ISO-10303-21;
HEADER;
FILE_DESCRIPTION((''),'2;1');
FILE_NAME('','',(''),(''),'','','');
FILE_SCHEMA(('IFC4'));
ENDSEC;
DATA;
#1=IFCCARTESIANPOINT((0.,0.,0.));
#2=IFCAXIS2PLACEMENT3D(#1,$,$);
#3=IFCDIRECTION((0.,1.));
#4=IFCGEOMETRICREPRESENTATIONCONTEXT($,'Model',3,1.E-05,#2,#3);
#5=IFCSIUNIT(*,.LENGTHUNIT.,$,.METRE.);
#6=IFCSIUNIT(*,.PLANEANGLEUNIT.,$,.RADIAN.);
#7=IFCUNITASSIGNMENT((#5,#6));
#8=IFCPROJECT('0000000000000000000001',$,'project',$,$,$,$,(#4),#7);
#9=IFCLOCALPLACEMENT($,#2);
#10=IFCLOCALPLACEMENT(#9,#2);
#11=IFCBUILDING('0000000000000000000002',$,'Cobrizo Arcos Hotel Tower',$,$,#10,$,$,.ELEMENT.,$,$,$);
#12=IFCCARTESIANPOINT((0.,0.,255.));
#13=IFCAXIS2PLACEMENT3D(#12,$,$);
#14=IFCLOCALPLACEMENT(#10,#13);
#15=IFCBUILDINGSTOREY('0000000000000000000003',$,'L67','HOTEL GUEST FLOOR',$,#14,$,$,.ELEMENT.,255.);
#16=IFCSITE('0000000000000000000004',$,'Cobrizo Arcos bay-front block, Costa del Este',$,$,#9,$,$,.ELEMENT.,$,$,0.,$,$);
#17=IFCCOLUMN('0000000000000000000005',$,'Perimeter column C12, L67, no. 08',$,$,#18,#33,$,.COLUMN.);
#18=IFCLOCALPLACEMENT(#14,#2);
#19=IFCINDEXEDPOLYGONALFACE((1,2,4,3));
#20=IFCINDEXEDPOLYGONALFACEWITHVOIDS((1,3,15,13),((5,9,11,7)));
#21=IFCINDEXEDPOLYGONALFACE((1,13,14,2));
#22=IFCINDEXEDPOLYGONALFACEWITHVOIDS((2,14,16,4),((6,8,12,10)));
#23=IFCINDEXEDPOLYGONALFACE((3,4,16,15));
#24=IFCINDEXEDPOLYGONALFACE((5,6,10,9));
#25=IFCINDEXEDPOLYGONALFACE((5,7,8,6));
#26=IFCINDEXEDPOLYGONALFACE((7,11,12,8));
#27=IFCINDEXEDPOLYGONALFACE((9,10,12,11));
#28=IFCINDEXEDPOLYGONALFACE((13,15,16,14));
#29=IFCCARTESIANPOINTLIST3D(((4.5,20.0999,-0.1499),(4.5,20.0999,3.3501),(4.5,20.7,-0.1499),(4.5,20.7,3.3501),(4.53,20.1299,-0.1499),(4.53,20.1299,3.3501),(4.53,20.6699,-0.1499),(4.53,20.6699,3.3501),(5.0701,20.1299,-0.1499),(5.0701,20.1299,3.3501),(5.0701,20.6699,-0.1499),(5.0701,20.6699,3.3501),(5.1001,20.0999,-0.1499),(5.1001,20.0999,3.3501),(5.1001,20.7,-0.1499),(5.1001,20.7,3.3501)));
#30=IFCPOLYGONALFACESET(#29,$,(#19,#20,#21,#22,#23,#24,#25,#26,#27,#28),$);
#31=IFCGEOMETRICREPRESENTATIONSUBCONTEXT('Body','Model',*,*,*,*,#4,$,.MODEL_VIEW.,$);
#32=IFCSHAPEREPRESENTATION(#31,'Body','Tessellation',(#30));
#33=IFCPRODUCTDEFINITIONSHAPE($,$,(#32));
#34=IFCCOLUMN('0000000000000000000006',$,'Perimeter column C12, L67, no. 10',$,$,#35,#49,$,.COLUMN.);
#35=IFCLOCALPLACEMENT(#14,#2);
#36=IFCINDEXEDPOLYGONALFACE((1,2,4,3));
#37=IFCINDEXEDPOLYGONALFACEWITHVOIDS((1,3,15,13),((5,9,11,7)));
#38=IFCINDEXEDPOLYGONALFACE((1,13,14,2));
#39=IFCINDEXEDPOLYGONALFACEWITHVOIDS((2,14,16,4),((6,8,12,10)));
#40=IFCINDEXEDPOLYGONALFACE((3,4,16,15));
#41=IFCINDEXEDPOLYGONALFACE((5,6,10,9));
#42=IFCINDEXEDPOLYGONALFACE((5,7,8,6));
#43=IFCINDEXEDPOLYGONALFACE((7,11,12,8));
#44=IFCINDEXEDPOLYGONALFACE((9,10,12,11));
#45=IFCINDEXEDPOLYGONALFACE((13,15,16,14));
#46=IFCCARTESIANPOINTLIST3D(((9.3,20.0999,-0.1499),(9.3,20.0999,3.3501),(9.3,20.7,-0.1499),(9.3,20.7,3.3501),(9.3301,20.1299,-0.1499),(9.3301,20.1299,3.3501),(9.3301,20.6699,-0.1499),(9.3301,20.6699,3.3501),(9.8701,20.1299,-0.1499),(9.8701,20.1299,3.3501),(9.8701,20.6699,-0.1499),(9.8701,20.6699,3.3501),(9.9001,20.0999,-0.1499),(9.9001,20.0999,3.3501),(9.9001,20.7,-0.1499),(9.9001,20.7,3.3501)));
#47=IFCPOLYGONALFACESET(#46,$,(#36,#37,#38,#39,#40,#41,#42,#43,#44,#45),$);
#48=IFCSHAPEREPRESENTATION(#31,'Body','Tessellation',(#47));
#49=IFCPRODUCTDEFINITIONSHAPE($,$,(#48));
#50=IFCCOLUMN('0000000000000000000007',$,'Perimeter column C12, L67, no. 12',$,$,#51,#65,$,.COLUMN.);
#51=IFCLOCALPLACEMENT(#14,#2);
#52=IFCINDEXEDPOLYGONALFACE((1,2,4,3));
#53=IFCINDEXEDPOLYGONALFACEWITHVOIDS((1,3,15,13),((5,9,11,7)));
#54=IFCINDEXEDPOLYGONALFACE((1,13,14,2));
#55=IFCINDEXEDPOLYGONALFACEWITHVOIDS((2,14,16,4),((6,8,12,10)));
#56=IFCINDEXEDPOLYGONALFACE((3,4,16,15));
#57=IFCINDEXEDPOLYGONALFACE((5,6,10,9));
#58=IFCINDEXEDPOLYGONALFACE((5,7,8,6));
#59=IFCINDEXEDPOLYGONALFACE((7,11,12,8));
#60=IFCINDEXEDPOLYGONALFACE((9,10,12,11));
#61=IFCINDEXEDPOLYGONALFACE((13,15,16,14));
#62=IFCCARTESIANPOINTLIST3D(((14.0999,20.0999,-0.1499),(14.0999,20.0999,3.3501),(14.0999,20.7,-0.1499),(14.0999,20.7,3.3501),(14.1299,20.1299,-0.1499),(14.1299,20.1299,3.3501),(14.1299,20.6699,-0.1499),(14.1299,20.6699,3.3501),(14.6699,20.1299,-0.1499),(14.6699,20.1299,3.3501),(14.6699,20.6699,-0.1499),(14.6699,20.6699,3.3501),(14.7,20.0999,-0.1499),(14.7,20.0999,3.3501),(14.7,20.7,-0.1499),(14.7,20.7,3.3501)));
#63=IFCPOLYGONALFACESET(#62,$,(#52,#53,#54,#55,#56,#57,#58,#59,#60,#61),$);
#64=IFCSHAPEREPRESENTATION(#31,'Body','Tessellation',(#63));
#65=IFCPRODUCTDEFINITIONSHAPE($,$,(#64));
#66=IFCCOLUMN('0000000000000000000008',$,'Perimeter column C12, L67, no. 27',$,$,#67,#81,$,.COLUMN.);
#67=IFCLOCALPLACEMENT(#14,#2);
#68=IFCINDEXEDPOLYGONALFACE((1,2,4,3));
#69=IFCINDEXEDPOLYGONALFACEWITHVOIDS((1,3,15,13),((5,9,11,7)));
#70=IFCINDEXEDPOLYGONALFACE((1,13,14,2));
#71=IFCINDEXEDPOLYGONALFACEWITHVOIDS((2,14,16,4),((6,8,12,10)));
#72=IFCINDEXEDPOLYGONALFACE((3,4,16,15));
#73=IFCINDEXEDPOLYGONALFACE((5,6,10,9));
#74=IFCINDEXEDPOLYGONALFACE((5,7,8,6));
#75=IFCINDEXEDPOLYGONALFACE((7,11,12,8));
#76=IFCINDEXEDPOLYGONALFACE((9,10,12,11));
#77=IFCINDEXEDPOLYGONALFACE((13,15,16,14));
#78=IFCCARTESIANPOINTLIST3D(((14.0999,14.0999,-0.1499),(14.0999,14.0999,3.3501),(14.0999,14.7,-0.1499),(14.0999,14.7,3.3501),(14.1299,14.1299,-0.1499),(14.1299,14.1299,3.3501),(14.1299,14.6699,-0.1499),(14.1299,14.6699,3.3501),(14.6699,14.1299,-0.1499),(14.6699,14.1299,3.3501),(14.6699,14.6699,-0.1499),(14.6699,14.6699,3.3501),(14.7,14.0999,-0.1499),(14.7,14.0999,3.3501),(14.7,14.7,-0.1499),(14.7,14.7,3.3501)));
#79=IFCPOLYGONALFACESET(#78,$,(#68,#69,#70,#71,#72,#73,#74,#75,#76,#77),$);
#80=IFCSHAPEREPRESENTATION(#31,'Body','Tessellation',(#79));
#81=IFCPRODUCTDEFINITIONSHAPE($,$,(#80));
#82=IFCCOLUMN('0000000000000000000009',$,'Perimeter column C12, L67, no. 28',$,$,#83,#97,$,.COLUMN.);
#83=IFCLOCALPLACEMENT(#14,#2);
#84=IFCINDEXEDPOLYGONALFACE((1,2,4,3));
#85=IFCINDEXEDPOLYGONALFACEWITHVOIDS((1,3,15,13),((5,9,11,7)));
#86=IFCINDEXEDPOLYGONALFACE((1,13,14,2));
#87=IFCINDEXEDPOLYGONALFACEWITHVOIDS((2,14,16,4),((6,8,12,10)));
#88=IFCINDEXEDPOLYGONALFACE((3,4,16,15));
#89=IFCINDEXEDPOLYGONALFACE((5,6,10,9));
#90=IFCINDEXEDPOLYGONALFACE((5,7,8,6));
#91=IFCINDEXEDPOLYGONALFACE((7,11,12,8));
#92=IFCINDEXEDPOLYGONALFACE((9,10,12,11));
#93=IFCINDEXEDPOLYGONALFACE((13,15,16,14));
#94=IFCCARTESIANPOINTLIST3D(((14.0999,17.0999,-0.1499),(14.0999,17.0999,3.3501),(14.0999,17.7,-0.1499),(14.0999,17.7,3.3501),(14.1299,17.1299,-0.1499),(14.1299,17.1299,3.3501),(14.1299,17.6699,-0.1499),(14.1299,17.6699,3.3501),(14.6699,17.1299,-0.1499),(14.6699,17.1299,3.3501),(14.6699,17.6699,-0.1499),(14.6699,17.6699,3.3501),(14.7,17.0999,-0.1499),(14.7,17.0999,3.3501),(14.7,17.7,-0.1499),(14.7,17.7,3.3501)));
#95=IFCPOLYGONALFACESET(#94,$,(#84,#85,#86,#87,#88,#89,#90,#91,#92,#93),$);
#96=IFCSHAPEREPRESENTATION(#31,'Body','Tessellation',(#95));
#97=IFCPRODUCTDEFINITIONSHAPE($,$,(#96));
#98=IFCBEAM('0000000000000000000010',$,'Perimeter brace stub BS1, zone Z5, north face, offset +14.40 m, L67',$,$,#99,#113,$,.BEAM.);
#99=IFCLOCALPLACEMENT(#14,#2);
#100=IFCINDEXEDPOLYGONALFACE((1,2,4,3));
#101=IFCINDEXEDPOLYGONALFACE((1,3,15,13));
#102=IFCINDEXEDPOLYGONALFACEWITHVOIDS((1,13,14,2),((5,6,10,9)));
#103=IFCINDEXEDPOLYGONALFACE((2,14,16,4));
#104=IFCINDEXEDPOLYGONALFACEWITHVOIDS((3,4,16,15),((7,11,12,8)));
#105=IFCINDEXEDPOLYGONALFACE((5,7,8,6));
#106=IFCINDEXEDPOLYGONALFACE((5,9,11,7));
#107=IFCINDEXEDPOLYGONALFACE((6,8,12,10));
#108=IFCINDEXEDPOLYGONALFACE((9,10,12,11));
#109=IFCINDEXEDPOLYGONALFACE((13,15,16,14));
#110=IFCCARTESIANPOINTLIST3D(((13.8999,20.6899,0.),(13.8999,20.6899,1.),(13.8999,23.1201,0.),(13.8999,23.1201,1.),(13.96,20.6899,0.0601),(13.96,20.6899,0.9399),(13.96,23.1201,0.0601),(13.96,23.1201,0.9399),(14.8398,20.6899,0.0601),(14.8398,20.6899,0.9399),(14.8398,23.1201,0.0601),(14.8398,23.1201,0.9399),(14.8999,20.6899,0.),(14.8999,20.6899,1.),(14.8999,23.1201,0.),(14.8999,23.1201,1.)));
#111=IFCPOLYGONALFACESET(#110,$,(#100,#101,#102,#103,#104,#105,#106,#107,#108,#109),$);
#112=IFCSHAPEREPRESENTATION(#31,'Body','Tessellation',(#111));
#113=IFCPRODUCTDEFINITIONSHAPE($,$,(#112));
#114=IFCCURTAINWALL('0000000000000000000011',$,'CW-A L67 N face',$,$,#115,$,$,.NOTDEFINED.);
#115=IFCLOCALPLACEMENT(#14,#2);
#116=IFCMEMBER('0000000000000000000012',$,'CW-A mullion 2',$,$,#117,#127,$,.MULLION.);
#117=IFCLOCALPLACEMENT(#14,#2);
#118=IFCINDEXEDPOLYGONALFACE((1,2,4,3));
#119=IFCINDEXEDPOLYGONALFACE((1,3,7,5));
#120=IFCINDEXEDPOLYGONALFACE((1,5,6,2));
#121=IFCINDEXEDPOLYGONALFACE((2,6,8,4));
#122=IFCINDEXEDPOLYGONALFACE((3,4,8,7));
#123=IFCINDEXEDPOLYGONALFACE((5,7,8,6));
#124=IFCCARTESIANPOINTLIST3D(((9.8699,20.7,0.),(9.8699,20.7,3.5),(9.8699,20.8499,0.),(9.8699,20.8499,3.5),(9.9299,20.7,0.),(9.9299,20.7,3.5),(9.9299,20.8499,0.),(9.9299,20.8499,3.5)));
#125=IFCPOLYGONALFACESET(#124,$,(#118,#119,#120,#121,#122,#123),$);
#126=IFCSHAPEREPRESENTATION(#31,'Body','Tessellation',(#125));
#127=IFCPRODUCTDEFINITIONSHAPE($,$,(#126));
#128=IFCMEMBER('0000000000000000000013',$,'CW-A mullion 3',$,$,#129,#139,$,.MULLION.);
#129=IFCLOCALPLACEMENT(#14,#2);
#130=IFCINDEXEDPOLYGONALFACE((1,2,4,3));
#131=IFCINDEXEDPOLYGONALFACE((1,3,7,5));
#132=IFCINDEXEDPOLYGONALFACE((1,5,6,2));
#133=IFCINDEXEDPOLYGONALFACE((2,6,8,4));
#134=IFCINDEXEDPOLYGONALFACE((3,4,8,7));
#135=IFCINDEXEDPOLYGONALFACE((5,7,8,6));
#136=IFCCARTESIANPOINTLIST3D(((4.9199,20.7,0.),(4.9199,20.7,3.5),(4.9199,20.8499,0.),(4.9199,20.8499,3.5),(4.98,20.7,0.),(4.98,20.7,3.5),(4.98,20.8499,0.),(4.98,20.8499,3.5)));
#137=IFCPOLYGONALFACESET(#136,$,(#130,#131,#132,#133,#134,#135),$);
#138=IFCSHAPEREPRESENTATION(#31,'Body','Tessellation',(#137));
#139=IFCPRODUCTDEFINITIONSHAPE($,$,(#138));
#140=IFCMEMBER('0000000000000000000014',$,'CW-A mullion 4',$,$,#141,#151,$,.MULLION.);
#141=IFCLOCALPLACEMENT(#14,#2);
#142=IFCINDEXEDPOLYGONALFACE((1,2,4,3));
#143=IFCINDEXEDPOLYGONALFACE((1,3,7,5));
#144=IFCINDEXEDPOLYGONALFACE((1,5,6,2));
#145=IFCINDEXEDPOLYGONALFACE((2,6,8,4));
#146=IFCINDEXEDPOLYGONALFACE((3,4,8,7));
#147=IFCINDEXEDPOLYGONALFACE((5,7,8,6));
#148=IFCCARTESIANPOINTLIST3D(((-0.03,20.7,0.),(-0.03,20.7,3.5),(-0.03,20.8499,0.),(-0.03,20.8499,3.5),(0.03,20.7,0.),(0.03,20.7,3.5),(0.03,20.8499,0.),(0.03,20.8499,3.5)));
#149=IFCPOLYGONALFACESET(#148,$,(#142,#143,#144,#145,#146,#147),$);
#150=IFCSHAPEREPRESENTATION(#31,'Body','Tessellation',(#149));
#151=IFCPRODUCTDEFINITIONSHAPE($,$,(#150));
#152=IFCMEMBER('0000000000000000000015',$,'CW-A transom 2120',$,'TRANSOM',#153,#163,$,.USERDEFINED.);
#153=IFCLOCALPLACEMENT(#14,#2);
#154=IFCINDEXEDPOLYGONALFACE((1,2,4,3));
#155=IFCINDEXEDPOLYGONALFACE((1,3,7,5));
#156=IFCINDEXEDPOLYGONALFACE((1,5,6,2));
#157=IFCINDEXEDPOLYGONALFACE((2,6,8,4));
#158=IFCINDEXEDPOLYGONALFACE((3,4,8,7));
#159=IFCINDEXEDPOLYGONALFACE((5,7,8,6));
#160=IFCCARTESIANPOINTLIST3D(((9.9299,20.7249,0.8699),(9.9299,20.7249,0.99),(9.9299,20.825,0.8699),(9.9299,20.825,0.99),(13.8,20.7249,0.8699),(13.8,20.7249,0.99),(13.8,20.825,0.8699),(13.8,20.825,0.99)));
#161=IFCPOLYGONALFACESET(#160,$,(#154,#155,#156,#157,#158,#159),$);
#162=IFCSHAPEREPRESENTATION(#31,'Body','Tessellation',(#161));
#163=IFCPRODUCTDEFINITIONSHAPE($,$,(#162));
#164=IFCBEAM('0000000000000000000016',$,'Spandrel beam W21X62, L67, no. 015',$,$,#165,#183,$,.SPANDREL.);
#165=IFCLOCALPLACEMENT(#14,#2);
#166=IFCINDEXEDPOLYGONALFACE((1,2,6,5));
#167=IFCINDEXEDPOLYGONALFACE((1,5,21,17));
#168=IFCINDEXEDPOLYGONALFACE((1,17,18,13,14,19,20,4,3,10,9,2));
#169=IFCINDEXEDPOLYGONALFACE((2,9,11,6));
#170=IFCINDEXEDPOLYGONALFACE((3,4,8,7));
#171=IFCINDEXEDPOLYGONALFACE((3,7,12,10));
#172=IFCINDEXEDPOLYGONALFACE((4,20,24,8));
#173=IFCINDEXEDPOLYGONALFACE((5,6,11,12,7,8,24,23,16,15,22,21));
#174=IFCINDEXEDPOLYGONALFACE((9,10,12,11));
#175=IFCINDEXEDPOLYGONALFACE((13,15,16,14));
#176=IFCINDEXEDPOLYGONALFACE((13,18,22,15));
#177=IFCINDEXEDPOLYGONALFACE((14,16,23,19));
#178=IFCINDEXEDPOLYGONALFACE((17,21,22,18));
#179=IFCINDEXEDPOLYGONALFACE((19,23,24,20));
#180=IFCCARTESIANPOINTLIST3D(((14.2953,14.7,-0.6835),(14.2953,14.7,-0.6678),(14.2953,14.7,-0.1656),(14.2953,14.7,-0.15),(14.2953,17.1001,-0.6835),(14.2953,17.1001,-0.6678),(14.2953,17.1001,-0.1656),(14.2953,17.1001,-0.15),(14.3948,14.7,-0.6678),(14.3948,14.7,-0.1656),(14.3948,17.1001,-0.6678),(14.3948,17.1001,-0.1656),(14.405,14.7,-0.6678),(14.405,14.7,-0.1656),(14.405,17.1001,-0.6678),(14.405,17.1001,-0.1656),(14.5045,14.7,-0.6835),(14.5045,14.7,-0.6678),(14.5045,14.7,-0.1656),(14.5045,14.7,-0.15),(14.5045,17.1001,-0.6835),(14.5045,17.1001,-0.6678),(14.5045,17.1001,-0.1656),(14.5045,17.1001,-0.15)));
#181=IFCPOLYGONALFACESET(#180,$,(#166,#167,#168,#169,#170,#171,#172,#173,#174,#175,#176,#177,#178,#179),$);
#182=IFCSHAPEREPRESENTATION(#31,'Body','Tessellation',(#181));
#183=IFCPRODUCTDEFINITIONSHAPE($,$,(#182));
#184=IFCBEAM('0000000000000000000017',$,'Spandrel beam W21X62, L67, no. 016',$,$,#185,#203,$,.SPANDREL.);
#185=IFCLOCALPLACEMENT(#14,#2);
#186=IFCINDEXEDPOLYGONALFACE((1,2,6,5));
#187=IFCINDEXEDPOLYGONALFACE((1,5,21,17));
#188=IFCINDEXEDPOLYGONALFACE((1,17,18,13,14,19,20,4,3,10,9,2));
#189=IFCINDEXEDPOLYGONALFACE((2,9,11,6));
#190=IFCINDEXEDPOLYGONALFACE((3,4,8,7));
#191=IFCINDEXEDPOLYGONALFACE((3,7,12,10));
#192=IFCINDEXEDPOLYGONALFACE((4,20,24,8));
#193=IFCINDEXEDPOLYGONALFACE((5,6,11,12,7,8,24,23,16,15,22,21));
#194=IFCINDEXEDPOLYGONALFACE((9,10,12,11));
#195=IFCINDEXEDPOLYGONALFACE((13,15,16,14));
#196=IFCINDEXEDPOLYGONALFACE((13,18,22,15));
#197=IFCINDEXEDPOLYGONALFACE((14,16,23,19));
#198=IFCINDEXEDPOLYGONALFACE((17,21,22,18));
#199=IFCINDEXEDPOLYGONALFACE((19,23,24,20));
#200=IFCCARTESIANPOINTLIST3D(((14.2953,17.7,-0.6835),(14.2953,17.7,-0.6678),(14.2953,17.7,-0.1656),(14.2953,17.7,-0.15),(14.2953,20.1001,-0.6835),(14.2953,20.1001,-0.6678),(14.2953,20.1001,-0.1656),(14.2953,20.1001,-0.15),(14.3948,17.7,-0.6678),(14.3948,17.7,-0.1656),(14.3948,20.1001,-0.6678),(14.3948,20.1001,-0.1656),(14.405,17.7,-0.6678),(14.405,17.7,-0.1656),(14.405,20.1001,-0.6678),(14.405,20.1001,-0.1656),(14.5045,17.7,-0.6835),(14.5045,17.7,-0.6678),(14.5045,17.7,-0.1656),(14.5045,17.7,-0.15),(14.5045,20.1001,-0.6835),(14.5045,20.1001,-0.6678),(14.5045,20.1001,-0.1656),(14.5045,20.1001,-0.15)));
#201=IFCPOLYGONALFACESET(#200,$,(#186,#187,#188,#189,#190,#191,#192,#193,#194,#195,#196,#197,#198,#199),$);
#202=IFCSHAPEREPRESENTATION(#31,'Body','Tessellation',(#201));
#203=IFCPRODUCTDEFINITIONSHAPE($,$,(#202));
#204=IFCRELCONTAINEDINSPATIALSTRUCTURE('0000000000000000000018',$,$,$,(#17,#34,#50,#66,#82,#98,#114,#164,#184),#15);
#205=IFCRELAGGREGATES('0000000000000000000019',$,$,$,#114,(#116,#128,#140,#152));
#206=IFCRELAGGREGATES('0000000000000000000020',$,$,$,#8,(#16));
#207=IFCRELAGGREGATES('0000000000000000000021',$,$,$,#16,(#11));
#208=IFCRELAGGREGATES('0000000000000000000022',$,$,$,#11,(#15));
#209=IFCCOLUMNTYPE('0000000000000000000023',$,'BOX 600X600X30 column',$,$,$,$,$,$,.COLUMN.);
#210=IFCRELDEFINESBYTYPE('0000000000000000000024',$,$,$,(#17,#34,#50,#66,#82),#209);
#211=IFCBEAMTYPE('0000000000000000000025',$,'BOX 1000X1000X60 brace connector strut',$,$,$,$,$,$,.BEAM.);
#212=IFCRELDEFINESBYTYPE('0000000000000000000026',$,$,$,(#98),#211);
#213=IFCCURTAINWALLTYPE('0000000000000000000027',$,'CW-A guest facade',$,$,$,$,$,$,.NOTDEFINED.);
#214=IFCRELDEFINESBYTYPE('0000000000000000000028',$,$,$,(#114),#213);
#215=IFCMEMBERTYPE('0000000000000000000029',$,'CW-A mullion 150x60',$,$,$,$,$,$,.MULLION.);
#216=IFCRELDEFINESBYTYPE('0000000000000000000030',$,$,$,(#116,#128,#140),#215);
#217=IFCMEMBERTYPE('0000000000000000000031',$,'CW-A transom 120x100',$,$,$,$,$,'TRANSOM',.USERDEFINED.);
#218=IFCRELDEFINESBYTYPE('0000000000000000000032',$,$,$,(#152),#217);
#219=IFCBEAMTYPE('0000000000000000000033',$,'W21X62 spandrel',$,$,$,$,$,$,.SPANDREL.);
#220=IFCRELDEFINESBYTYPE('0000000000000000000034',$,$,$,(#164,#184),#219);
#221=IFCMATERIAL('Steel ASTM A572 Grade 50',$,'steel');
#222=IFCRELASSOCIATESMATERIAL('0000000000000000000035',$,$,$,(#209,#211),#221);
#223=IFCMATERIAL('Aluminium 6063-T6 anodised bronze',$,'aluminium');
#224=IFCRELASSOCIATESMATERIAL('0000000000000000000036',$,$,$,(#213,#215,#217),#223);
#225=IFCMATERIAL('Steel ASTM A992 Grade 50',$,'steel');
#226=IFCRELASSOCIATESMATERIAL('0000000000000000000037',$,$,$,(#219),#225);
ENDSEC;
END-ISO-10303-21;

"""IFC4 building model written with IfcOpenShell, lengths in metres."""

from ifc_helpers import new_model, si_unit, direction, frame, origin, origin_2d, place, context, subcontext, project, spatial, rectangle, hollow_rectangle, i_section, extrude, material, material_profile, profile_set, type_object, element, aggregate, save


model = new_model("IFC4")

# Units and contexts
model_context = context("Model", 3, precision=1e-05, world=origin(), true_north=direction((0.0, 1.0)))
body_context = subcontext(model_context, "Body", "Model", "MODEL_VIEW")
ifc_project = project(units=[si_unit("LENGTHUNIT", "METRE"), si_unit("PLANEANGLEUNIT", "RADIAN")], contexts=[model_context])

# Site, building, storey
site_placement = place(None, origin())
site = spatial("IfcSite", under=ifc_project, at=site_placement, Name="Cobrizo Arcos bay-front block, Costa del Este", CompositionType="ELEMENT", RefElevation=0.0)
building_placement = place(site_placement, origin())
building = spatial("IfcBuilding", under=site, at=building_placement, Name="Cobrizo Arcos Hotel Tower", CompositionType="ELEMENT")
storey_placement = place(building_placement, frame((0.0, 0.0, 255.0)))
storey = spatial("IfcBuildingStorey", under=building, at=storey_placement, Name="L67", Description="HOTEL GUEST FLOOR", CompositionType="ELEMENT", Elevation=255.0)

# Columns
ifc_material_1 = material(Name="Steel ASTM A572 Grade 50", Category="steel")
ifc_material_profile_1 = material_profile(ifc_material_1, hollow_rectangle(XDim=0.6001, YDim=0.6001, WallThickness=0.03, at=origin_2d()), Name="BOX 600X600X30")
ifc_profile_set_1 = profile_set([ifc_material_profile_1], Name="Steel ASTM A572 Grade 50")
column_type = type_object("IfcColumnType", Name="BOX 600X600X30 column", PredefinedType="COLUMN", material=ifc_profile_set_1)
for number, where, z_axis, x_axis, name in (
    (1, (4.8, 20.3999, -0.1499), (0.0, 0.0, 1.0), (1.0, 0.0, 0.0), "Perimeter column C12, L67, no. 08"),
    (2, (9.6001, 20.3999, -0.1499), (0.0, 0.0, 1.0), (1.0, 0.0, 0.0), "Perimeter column C12, L67, no. 10"),
    (3, (14.3999, 20.3999, -0.1499), (0.0, 0.0, 1.0), (1.0, 0.0, 0.0), "Perimeter column C12, L67, no. 12"),
    (4, (14.3999, 14.3999, -0.1499), (0.0, 0.0, 1.0), (1.0, 0.0, 0.0), "Perimeter column C12, L67, no. 27"),
    (5, (14.3999, 17.3999, -0.1499), (0.0, 0.0, 1.0), (1.0, 0.0, 0.0), "Perimeter column C12, L67, no. 28"),
):
    element("IfcColumn", number, at=place(storey_placement, frame(where, z_axis=z_axis, x_axis=x_axis)), inside=storey, type_object=column_type, Name=name, PredefinedType="COLUMN", context=body_context, shape_type="SweptSolid", body=[
        extrude(hollow_rectangle(XDim=0.6001, YDim=0.6001, WallThickness=0.03, at=origin_2d()), origin(), (0.0, 0.0, 1.0), 3.5),
    ])

# Beam
ifc_material_profile_2 = material_profile(ifc_material_1, hollow_rectangle(XDim=1.0, YDim=1.0, WallThickness=0.0601, at=origin_2d()), Name="BOX 1000X1000X60")
ifc_profile_set_2 = profile_set([ifc_material_profile_2], Name="Steel ASTM A572 Grade 50")
beam_type_1 = type_object("IfcBeamType", Name="BOX 1000X1000X60 brace connector strut", PredefinedType="BEAM", material=ifc_profile_set_2)
beam_1_placement = place(storey_placement, frame((14.3999, 20.6899, 0.5), z_axis=(0.0, 1.0, 0.0), x_axis=(-1.0, 0.0, 0.0)))
element("IfcBeam", 6, at=beam_1_placement, inside=storey, type_object=beam_type_1, Name="Perimeter brace stub BS1, zone Z5, north face, offset +14.40 m, L67", PredefinedType="BEAM", context=body_context, shape_type="SweptSolid", body=[
    extrude(hollow_rectangle(XDim=1.0, YDim=1.0, WallThickness=0.0601, at=origin_2d()), origin(), (0.0, 0.0, 1.0), 2.4302),
])

# Curtain wall, members
ifc_material_2 = material(Name="Aluminium 6063-T6 anodised bronze", Category="aluminium")
curtain_wall_type = type_object("IfcCurtainWallType", Name="CW-A guest facade", PredefinedType="NOTDEFINED", material=ifc_material_2)
curtain_wall_placement = place(storey_placement, origin())
curtain_wall = element("IfcCurtainWall", 7, at=curtain_wall_placement, inside=storey, type_object=curtain_wall_type, Name="CW-A L67 N face", PredefinedType="NOTDEFINED")
ifc_material_profile_3 = material_profile(ifc_material_2, rectangle(XDim=0.1499, YDim=0.0601, at=origin_2d()), Name="CW-A mullion 150x60")
ifc_profile_set_3 = profile_set([ifc_material_profile_3], Name="Aluminium 6063-T6 anodised bronze")
member_type_1 = type_object("IfcMemberType", Name="CW-A mullion 150x60", PredefinedType="MULLION", material=ifc_profile_set_3)
member_1_placement = place(storey_placement, frame((9.8999, 20.7749, 0.0), z_axis=(0.0, 0.0, 1.0), x_axis=(0.0, 1.0, 0.0)))
member_1 = element("IfcMember", 8, at=member_1_placement, type_object=member_type_1, Name="CW-A mullion 2", PredefinedType="MULLION", context=body_context, shape_type="SweptSolid", body=[
    extrude(rectangle(XDim=0.1499, YDim=0.0601, at=origin_2d()), origin(), (0.0, 0.0, 1.0), 3.5),
])
member_2_placement = place(storey_placement, frame((4.95, 20.7749, 0.0), z_axis=(0.0, 0.0, 1.0), x_axis=(0.0, 1.0, 0.0)))
member_2 = element("IfcMember", 9, at=member_2_placement, type_object=member_type_1, Name="CW-A mullion 3", PredefinedType="MULLION", context=body_context, shape_type="SweptSolid", body=[
    extrude(rectangle(XDim=0.1499, YDim=0.0601, at=origin_2d()), origin(), (0.0, 0.0, 1.0), 3.5),
])
member_3_placement = place(storey_placement, frame((0.0, 20.7749, 0.0), z_axis=(0.0, 0.0, 1.0), x_axis=(0.0, 1.0, 0.0)))
member_3 = element("IfcMember", 10, at=member_3_placement, type_object=member_type_1, Name="CW-A mullion 4", PredefinedType="MULLION", context=body_context, shape_type="SweptSolid", body=[
    extrude(rectangle(XDim=0.1499, YDim=0.0601, at=origin_2d()), origin(), (0.0, 0.0, 1.0), 3.5),
])
ifc_material_profile_4 = material_profile(ifc_material_2, rectangle(XDim=0.1001, YDim=0.1201, at=origin_2d()), Name="CW-A transom 120x100")
ifc_profile_set_4 = profile_set([ifc_material_profile_4], Name="Aluminium 6063-T6 anodised bronze")
member_type_2 = type_object("IfcMemberType", Name="CW-A transom 120x100", ElementType="TRANSOM", PredefinedType="USERDEFINED", material=ifc_profile_set_4)
member_4_placement = place(storey_placement, frame((13.8, 20.7749, 0.9299), z_axis=(-1.0, 0.0, 0.0), x_axis=(0.0, -1.0, 0.0)))
member_4 = element("IfcMember", 11, at=member_4_placement, type_object=member_type_2, Name="CW-A transom 2120", ObjectType="TRANSOM", PredefinedType="USERDEFINED", context=body_context, shape_type="SweptSolid", body=[
    extrude(rectangle(XDim=0.1001, YDim=0.1201, at=origin_2d()), origin(), (0.0, 0.0, 1.0), 3.8701),
])

# Beams
ifc_material_3 = material(Name="Steel ASTM A992 Grade 50", Category="steel")
ifc_material_profile_5 = material_profile(ifc_material_3, i_section(OverallWidth=0.2092, OverallDepth=0.5334, WebThickness=0.0103, FlangeThickness=0.0156, at=origin_2d()), Name="W21X62")
ifc_profile_set_5 = profile_set([ifc_material_profile_5], Name="Steel ASTM A992 Grade 50")
beam_type_2 = type_object("IfcBeamType", Name="W21X62 spandrel", PredefinedType="SPANDREL", material=ifc_profile_set_5)
for number, where, z_axis, x_axis, name in (
    (12, (14.3999, 14.7, -0.4167), (0.0, 1.0, 0.0), (-1.0, 0.0, 0.0), "Spandrel beam W21X62, L67, no. 015"),
    (13, (14.3999, 17.7, -0.4167), (0.0, 1.0, 0.0), (-1.0, 0.0, 0.0), "Spandrel beam W21X62, L67, no. 016"),
):
    element("IfcBeam", number, at=place(storey_placement, frame(where, z_axis=z_axis, x_axis=x_axis)), inside=storey, type_object=beam_type_2, Name=name, PredefinedType="SPANDREL", context=body_context, shape_type="SweptSolid", body=[
        extrude(i_section(OverallWidth=0.2092, OverallDepth=0.5334, WebThickness=0.0103, FlangeThickness=0.0156, at=origin_2d()), origin(), (0.0, 0.0, 1.0), 2.4001),
    ])

aggregate(curtain_wall, [member_1, member_2, member_3, member_4])

save(model, "model.ifc")
